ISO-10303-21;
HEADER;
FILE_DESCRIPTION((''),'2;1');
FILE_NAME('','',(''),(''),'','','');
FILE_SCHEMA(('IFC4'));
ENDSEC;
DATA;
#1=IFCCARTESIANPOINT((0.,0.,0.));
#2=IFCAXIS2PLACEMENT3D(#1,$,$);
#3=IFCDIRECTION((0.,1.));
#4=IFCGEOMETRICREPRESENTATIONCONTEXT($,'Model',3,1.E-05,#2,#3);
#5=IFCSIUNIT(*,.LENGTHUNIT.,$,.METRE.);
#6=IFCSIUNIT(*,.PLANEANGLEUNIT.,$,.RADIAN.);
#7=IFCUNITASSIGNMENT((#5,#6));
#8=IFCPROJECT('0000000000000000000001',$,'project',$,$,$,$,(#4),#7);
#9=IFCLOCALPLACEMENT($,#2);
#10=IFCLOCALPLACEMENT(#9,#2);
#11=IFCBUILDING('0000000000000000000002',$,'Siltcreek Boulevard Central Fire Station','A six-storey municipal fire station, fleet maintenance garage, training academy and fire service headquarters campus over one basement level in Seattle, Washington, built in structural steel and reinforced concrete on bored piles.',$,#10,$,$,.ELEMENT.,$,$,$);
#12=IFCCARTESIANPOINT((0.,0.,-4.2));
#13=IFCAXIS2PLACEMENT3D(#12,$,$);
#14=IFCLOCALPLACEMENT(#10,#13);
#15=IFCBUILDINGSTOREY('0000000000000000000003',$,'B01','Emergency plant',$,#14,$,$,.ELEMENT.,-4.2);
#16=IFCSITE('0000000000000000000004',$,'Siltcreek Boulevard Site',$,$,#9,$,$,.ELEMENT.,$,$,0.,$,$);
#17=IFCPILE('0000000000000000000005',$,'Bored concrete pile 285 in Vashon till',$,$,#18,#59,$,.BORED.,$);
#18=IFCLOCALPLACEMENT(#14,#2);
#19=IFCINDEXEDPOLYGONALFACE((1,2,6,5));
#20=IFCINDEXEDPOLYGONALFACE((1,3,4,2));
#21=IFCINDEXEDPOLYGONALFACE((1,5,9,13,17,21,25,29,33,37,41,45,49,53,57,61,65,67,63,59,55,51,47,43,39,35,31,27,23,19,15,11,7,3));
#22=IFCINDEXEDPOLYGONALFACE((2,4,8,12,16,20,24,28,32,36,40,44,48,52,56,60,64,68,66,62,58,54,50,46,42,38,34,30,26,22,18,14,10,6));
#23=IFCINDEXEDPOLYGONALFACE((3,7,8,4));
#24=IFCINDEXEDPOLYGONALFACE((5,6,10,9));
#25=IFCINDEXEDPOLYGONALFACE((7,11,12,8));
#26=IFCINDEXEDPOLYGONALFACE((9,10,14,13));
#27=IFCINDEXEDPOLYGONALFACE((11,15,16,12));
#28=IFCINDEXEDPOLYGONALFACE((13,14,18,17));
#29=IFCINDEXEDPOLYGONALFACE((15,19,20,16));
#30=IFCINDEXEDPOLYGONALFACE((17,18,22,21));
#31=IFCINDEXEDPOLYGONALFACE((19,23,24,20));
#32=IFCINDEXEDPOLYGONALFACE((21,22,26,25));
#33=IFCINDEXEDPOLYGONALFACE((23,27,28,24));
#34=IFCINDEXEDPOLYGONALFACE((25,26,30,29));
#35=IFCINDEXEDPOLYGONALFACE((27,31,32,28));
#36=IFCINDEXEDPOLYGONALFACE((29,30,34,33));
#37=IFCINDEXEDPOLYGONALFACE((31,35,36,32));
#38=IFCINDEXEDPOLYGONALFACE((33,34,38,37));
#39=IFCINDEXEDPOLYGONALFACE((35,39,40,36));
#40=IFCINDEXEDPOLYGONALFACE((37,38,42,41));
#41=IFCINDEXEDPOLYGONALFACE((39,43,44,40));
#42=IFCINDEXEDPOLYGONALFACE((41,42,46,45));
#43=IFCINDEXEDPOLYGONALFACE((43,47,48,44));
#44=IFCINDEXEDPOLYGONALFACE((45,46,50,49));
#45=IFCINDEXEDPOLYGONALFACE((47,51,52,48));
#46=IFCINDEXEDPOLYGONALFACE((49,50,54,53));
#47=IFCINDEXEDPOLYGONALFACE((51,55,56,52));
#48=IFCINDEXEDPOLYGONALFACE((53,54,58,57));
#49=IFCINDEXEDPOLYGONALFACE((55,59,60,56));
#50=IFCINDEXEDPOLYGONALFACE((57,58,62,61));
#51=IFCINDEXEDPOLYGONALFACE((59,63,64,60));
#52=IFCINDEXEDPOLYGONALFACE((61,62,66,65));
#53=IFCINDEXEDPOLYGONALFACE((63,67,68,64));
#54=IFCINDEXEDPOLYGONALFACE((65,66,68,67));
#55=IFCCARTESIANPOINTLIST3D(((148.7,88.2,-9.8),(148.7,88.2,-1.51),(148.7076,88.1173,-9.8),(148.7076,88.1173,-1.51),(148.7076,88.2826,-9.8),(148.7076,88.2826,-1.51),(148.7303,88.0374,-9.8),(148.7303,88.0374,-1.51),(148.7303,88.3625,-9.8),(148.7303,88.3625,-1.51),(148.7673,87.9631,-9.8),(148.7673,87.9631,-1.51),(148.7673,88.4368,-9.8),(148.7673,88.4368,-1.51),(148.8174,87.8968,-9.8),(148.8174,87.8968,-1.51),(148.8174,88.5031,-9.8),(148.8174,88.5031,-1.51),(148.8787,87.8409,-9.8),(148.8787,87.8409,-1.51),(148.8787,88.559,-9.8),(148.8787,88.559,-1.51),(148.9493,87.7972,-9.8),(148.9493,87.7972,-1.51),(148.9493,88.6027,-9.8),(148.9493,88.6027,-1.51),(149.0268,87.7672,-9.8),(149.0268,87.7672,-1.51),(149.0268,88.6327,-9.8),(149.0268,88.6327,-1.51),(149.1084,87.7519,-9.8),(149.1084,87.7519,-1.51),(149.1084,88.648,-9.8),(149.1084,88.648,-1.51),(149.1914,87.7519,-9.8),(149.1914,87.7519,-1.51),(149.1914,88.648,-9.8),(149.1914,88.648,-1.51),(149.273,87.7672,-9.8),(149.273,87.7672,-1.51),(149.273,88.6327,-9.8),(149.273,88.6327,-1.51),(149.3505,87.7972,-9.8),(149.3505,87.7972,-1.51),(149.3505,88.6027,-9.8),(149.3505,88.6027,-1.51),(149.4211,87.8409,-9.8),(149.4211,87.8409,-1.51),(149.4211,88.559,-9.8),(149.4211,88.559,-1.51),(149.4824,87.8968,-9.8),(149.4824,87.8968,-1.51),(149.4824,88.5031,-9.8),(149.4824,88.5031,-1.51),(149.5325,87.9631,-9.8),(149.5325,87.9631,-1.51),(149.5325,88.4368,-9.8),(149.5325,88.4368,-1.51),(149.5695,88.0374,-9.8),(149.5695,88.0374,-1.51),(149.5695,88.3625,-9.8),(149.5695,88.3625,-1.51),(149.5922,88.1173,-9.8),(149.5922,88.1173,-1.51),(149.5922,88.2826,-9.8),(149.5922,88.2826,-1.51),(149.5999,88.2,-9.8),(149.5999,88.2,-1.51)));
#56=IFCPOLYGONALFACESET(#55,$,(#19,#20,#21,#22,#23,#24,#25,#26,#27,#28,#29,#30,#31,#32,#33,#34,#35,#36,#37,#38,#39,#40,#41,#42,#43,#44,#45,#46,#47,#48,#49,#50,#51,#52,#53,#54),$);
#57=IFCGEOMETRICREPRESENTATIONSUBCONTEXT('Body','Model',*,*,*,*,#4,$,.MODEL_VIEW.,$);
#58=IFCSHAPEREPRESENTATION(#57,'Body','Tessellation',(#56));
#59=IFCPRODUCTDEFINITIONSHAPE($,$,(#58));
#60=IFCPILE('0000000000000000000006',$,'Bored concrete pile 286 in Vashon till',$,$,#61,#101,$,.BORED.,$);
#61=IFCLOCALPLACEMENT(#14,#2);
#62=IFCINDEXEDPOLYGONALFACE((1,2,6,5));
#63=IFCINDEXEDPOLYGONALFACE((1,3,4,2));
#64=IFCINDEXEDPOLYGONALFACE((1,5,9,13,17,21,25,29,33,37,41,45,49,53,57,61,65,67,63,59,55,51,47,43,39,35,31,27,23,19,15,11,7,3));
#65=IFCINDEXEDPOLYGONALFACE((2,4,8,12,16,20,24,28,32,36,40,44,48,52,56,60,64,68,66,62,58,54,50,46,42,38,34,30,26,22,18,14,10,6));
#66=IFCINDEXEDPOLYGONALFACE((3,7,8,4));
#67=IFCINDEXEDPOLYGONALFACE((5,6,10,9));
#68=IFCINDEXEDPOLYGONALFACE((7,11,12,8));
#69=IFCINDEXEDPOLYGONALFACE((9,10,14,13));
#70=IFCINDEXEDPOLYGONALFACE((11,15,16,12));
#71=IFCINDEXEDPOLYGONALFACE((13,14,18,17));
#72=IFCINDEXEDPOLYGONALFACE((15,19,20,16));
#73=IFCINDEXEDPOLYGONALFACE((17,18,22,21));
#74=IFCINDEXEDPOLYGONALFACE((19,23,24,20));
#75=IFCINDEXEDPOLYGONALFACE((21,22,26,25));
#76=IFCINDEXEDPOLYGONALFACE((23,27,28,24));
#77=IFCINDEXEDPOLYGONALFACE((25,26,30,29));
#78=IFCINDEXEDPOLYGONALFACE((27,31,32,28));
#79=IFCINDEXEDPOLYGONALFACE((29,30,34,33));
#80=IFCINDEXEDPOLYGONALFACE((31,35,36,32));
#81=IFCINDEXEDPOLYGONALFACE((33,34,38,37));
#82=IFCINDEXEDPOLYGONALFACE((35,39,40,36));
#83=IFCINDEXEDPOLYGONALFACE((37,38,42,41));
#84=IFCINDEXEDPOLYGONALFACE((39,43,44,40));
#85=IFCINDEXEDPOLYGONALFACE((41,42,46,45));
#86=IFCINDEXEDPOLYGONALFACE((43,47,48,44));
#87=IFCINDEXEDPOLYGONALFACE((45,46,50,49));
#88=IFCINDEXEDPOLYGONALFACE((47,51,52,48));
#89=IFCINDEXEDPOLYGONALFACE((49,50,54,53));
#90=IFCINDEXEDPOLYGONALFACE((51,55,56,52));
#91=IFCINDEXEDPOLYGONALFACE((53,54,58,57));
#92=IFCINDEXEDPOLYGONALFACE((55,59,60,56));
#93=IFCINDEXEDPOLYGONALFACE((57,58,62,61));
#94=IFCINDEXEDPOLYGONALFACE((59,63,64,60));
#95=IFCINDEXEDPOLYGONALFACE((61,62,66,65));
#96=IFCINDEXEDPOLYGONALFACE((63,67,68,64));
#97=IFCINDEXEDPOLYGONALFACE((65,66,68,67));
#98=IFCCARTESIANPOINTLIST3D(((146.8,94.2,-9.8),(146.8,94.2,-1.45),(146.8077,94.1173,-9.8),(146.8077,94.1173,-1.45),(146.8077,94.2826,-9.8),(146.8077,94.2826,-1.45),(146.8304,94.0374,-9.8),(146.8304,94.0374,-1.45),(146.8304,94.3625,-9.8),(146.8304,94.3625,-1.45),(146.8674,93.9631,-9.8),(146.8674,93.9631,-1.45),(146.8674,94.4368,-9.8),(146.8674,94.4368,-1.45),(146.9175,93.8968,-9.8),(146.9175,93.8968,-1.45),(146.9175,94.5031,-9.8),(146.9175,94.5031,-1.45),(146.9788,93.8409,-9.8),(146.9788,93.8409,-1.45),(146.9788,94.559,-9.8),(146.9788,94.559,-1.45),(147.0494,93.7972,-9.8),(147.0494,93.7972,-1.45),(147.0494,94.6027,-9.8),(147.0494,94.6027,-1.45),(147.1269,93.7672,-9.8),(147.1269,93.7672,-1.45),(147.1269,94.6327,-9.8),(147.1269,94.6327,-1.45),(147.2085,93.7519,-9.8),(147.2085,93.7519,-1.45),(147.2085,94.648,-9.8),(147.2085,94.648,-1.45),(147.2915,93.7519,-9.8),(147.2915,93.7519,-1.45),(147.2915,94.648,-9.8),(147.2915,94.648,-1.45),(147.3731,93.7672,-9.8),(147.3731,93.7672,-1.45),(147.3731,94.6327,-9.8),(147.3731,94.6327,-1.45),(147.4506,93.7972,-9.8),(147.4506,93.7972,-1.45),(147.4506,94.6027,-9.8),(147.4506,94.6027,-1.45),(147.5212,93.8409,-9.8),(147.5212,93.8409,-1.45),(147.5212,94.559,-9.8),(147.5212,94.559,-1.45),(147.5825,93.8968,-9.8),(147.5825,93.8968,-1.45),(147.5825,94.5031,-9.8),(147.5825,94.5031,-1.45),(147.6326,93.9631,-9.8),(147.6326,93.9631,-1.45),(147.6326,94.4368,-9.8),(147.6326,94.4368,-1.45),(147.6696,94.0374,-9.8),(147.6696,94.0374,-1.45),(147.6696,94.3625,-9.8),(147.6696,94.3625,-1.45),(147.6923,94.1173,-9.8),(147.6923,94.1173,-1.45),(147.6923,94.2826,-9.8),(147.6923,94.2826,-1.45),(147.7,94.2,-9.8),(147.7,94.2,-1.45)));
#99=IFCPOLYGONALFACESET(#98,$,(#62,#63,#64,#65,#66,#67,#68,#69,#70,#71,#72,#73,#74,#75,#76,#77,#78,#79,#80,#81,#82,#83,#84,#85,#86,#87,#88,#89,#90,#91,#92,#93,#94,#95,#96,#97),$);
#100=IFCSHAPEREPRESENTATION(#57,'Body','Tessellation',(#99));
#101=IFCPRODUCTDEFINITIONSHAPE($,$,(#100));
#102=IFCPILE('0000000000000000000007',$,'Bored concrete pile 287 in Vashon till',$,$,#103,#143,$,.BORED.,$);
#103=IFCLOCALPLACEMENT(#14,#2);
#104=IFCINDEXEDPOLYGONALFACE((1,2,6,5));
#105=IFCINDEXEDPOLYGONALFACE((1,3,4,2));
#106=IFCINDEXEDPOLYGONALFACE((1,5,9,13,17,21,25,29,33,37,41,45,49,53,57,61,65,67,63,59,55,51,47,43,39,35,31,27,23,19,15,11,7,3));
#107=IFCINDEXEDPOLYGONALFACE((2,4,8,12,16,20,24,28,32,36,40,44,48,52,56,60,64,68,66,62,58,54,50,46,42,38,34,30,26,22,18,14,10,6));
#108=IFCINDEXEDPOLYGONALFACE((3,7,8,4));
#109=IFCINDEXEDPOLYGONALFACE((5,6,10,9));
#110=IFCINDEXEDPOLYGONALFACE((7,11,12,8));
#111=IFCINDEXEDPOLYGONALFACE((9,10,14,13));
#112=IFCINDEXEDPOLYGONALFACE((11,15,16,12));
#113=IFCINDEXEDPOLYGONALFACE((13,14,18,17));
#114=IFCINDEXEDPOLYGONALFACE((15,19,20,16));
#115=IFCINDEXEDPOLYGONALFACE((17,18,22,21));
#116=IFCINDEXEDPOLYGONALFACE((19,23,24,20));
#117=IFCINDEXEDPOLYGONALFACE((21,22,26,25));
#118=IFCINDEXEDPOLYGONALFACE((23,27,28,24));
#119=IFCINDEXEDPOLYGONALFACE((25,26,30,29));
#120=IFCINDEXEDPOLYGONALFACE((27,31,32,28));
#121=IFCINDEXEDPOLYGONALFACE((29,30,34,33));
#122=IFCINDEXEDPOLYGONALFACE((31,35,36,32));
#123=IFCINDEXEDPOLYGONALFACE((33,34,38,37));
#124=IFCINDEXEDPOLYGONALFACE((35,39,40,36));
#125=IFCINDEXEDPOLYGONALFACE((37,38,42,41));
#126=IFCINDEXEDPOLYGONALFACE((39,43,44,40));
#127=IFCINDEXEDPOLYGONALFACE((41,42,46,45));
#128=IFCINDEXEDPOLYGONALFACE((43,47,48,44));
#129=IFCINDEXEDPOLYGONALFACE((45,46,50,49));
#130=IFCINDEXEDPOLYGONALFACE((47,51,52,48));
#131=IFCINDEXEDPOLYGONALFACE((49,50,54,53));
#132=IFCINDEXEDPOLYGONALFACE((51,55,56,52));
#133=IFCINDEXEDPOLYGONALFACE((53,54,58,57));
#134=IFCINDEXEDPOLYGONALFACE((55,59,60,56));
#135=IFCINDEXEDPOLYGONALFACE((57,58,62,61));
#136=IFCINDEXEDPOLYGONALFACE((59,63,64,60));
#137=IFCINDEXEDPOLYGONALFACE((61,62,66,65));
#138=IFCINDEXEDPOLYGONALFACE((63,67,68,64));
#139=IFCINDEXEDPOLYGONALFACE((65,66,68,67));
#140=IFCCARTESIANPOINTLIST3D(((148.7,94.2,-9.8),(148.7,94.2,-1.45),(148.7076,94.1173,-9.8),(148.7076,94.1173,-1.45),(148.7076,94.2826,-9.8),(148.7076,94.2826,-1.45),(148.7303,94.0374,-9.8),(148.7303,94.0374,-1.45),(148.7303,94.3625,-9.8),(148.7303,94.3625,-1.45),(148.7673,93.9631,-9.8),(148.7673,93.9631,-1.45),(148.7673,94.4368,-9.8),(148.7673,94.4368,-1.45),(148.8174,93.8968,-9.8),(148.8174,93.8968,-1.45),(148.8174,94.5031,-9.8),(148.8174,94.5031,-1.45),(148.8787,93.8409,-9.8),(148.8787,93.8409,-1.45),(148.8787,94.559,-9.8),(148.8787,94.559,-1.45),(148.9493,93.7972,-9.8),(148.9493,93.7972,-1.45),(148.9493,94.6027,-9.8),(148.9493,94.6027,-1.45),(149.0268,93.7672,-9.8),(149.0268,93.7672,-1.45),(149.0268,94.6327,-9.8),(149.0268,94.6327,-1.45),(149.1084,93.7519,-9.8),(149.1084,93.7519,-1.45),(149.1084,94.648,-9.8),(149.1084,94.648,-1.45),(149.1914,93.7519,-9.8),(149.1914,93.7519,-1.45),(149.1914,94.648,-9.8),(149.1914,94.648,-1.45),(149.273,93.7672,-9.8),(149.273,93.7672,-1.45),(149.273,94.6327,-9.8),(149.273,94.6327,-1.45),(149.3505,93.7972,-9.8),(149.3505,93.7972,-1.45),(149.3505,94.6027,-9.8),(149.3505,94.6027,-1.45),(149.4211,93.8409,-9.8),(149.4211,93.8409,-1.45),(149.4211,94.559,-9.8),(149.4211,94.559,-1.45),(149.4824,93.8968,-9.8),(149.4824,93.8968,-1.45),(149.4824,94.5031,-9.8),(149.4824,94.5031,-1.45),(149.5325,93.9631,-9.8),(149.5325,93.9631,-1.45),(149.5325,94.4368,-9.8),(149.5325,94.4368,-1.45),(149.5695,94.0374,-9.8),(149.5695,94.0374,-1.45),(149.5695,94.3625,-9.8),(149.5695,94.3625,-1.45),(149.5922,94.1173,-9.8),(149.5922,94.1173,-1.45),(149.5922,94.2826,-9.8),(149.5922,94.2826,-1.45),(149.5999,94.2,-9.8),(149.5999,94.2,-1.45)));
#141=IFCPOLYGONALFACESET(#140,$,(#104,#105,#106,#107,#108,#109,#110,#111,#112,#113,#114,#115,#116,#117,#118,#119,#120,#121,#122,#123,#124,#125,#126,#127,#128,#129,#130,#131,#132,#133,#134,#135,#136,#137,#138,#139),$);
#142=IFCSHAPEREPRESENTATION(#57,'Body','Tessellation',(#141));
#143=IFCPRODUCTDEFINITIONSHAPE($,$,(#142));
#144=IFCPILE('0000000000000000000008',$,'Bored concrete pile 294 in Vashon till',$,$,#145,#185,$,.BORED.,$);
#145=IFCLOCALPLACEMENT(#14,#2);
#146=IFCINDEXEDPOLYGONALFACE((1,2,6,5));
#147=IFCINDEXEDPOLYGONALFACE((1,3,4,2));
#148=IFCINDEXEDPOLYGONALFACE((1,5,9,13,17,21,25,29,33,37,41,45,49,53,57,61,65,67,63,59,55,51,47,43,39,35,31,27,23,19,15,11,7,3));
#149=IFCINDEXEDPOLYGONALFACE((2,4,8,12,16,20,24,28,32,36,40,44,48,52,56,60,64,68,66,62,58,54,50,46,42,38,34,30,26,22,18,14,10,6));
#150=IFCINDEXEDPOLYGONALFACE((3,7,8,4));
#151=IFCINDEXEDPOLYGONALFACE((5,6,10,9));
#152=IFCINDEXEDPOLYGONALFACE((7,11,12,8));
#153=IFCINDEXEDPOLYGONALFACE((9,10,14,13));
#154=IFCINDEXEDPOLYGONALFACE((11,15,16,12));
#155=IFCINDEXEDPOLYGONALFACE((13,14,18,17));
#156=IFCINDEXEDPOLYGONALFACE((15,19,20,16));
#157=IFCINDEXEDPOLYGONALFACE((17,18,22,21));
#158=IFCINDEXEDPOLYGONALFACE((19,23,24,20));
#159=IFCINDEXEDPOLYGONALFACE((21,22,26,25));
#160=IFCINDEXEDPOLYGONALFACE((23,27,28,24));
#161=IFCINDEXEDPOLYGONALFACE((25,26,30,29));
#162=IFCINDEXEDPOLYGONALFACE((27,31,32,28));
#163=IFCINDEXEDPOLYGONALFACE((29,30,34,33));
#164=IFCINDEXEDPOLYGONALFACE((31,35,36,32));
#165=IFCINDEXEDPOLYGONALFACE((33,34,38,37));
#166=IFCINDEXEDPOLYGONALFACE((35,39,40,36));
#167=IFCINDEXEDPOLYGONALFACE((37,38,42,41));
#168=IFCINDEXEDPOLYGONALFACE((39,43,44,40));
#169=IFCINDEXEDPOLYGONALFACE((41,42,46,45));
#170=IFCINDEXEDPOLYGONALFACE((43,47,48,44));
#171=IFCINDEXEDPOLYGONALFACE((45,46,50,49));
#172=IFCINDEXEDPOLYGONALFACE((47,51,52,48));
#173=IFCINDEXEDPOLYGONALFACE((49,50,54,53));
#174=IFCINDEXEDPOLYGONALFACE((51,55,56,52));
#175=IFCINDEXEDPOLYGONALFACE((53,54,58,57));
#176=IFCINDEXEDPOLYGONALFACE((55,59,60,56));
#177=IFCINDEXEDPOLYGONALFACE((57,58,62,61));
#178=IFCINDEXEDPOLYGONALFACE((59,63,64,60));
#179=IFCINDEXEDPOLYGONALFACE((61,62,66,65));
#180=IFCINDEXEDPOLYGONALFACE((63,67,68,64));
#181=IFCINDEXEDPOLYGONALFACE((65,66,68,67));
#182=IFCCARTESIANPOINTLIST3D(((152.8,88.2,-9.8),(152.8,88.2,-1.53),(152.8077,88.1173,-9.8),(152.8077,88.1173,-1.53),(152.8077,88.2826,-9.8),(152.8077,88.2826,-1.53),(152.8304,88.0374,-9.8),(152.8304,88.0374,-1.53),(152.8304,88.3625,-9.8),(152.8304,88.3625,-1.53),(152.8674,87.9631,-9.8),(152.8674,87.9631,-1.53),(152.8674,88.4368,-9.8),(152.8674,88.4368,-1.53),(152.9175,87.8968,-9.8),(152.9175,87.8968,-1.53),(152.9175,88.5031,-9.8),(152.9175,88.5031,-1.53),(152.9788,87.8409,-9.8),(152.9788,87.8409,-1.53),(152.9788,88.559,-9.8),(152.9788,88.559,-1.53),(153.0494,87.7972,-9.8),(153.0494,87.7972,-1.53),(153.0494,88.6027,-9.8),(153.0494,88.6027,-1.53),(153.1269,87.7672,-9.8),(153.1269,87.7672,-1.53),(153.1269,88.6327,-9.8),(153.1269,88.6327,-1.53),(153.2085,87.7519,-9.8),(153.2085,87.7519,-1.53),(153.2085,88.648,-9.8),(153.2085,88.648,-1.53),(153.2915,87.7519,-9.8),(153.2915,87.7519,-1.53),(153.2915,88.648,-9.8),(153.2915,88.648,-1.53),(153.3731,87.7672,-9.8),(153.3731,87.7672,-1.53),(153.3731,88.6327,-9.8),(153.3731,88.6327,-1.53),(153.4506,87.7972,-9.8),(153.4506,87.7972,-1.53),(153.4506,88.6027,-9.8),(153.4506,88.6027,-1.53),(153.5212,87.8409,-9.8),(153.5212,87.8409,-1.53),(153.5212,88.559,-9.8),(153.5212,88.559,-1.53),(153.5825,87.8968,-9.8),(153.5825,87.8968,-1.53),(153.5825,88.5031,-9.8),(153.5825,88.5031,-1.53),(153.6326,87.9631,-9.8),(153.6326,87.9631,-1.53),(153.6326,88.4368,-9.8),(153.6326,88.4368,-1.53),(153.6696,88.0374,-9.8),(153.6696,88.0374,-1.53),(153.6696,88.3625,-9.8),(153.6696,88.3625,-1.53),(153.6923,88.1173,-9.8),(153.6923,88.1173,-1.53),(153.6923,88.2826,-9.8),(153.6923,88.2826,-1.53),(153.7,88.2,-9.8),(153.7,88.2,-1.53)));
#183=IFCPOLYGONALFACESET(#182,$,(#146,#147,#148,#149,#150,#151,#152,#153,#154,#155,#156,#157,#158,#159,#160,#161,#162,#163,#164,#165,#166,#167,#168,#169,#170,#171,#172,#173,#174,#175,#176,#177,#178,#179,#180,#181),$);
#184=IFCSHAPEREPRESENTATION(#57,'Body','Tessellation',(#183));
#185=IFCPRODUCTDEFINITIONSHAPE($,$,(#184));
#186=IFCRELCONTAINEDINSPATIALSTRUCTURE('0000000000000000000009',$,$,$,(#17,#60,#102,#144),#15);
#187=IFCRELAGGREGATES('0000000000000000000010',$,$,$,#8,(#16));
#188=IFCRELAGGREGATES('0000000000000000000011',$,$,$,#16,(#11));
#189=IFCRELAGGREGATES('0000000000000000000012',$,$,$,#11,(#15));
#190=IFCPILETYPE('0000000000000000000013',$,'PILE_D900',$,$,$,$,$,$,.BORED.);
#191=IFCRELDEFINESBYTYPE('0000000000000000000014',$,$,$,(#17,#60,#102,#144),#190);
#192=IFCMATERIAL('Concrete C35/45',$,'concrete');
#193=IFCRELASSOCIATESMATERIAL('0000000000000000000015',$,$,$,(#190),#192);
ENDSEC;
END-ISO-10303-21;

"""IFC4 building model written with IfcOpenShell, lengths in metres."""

from ifc_helpers import new_model, si_unit, direction, frame, origin, origin_2d, place, context, subcontext, project, spatial, circle, extrude, material, material_profile, profile_set, type_object, element, save


model = new_model("IFC4")

# Units and contexts
model_context = context("Model", 3, precision=1e-05, world=origin(), true_north=direction((0.0, 1.0)))
body_context = subcontext(model_context, "Body", "Model", "MODEL_VIEW")
ifc_project = project(units=[si_unit("LENGTHUNIT", "METRE"), si_unit("PLANEANGLEUNIT", "RADIAN")], contexts=[model_context])

# Site, building, storey
site_placement = place(None, origin())
site = spatial("IfcSite", under=ifc_project, at=site_placement, Name="Siltcreek Boulevard Site", CompositionType="ELEMENT", RefElevation=0.0)
building_placement = place(site_placement, origin())
building = spatial("IfcBuilding", under=site, at=building_placement, Name="Siltcreek Boulevard Central Fire Station", Description="A six-storey municipal fire station, fleet maintenance garage, training academy and fire service headquarters campus over one basement level in Seattle, Washington, built in structural steel and reinforced concrete on bored piles.", CompositionType="ELEMENT")
storey_placement = place(building_placement, frame((0.0, 0.0, -4.2)))
storey = spatial("IfcBuildingStorey", under=building, at=storey_placement, Name="B01", Description="Emergency plant", CompositionType="ELEMENT", Elevation=-4.2)

# Shared definitions
ifc_material_1 = material(Name="Concrete C35/45", Category="concrete")

# Piles
ifc_material_profile_1 = material_profile(ifc_material_1, circle(Radius=0.45, at=origin_2d()), Name="SHAFT900")
ifc_profile_set_1 = profile_set([ifc_material_profile_1], Name="Concrete C35/45")
pile_type = type_object("IfcPileType", Name="PILE_D900", PredefinedType="BORED", material=ifc_profile_set_1)
for number, where, z_axis, x_axis, name in (
    (1, (149.1499, 88.2, -1.51), (0.0, 0.0, -1.0), (1.0, 0.0, 0.0), "Bored concrete pile 285 in Vashon till"),
):
    element("IfcPile", number, at=place(storey_placement, frame(where, z_axis=z_axis, x_axis=x_axis)), inside=storey, type_object=pile_type, Name=name, PredefinedType="BORED", context=body_context, shape_type="SweptSolid", body=[
        extrude(circle(Radius=0.45, at=origin_2d()), origin(), (0.0, 0.0, 1.0), 8.29),
    ])
for number, where, z_axis, x_axis, name in (
    (2, (147.25, 94.2, -1.45), (0.0, 0.0, -1.0), (1.0, 0.0, 0.0), "Bored concrete pile 286 in Vashon till"),
    (3, (149.1499, 94.2, -1.45), (0.0, 0.0, -1.0), (1.0, 0.0, 0.0), "Bored concrete pile 287 in Vashon till"),
):
    element("IfcPile", number, at=place(storey_placement, frame(where, z_axis=z_axis, x_axis=x_axis)), inside=storey, type_object=pile_type, Name=name, PredefinedType="BORED", context=body_context, shape_type="SweptSolid", body=[
        extrude(circle(Radius=0.45, at=origin_2d()), origin(), (0.0, 0.0, 1.0), 8.3501),
    ])
pile_1_placement = place(storey_placement, frame((153.25, 88.2, -1.53), z_axis=(0.0, 0.0, -1.0), x_axis=(1.0, 0.0, 0.0)))
element("IfcPile", 4, at=pile_1_placement, inside=storey, type_object=pile_type, Name="Bored concrete pile 294 in Vashon till", PredefinedType="BORED", context=body_context, shape_type="SweptSolid", body=[
    extrude(circle(Radius=0.45, at=origin_2d()), origin(), (0.0, 0.0, 1.0), 8.27),
])

save(model, "model.ifc")
